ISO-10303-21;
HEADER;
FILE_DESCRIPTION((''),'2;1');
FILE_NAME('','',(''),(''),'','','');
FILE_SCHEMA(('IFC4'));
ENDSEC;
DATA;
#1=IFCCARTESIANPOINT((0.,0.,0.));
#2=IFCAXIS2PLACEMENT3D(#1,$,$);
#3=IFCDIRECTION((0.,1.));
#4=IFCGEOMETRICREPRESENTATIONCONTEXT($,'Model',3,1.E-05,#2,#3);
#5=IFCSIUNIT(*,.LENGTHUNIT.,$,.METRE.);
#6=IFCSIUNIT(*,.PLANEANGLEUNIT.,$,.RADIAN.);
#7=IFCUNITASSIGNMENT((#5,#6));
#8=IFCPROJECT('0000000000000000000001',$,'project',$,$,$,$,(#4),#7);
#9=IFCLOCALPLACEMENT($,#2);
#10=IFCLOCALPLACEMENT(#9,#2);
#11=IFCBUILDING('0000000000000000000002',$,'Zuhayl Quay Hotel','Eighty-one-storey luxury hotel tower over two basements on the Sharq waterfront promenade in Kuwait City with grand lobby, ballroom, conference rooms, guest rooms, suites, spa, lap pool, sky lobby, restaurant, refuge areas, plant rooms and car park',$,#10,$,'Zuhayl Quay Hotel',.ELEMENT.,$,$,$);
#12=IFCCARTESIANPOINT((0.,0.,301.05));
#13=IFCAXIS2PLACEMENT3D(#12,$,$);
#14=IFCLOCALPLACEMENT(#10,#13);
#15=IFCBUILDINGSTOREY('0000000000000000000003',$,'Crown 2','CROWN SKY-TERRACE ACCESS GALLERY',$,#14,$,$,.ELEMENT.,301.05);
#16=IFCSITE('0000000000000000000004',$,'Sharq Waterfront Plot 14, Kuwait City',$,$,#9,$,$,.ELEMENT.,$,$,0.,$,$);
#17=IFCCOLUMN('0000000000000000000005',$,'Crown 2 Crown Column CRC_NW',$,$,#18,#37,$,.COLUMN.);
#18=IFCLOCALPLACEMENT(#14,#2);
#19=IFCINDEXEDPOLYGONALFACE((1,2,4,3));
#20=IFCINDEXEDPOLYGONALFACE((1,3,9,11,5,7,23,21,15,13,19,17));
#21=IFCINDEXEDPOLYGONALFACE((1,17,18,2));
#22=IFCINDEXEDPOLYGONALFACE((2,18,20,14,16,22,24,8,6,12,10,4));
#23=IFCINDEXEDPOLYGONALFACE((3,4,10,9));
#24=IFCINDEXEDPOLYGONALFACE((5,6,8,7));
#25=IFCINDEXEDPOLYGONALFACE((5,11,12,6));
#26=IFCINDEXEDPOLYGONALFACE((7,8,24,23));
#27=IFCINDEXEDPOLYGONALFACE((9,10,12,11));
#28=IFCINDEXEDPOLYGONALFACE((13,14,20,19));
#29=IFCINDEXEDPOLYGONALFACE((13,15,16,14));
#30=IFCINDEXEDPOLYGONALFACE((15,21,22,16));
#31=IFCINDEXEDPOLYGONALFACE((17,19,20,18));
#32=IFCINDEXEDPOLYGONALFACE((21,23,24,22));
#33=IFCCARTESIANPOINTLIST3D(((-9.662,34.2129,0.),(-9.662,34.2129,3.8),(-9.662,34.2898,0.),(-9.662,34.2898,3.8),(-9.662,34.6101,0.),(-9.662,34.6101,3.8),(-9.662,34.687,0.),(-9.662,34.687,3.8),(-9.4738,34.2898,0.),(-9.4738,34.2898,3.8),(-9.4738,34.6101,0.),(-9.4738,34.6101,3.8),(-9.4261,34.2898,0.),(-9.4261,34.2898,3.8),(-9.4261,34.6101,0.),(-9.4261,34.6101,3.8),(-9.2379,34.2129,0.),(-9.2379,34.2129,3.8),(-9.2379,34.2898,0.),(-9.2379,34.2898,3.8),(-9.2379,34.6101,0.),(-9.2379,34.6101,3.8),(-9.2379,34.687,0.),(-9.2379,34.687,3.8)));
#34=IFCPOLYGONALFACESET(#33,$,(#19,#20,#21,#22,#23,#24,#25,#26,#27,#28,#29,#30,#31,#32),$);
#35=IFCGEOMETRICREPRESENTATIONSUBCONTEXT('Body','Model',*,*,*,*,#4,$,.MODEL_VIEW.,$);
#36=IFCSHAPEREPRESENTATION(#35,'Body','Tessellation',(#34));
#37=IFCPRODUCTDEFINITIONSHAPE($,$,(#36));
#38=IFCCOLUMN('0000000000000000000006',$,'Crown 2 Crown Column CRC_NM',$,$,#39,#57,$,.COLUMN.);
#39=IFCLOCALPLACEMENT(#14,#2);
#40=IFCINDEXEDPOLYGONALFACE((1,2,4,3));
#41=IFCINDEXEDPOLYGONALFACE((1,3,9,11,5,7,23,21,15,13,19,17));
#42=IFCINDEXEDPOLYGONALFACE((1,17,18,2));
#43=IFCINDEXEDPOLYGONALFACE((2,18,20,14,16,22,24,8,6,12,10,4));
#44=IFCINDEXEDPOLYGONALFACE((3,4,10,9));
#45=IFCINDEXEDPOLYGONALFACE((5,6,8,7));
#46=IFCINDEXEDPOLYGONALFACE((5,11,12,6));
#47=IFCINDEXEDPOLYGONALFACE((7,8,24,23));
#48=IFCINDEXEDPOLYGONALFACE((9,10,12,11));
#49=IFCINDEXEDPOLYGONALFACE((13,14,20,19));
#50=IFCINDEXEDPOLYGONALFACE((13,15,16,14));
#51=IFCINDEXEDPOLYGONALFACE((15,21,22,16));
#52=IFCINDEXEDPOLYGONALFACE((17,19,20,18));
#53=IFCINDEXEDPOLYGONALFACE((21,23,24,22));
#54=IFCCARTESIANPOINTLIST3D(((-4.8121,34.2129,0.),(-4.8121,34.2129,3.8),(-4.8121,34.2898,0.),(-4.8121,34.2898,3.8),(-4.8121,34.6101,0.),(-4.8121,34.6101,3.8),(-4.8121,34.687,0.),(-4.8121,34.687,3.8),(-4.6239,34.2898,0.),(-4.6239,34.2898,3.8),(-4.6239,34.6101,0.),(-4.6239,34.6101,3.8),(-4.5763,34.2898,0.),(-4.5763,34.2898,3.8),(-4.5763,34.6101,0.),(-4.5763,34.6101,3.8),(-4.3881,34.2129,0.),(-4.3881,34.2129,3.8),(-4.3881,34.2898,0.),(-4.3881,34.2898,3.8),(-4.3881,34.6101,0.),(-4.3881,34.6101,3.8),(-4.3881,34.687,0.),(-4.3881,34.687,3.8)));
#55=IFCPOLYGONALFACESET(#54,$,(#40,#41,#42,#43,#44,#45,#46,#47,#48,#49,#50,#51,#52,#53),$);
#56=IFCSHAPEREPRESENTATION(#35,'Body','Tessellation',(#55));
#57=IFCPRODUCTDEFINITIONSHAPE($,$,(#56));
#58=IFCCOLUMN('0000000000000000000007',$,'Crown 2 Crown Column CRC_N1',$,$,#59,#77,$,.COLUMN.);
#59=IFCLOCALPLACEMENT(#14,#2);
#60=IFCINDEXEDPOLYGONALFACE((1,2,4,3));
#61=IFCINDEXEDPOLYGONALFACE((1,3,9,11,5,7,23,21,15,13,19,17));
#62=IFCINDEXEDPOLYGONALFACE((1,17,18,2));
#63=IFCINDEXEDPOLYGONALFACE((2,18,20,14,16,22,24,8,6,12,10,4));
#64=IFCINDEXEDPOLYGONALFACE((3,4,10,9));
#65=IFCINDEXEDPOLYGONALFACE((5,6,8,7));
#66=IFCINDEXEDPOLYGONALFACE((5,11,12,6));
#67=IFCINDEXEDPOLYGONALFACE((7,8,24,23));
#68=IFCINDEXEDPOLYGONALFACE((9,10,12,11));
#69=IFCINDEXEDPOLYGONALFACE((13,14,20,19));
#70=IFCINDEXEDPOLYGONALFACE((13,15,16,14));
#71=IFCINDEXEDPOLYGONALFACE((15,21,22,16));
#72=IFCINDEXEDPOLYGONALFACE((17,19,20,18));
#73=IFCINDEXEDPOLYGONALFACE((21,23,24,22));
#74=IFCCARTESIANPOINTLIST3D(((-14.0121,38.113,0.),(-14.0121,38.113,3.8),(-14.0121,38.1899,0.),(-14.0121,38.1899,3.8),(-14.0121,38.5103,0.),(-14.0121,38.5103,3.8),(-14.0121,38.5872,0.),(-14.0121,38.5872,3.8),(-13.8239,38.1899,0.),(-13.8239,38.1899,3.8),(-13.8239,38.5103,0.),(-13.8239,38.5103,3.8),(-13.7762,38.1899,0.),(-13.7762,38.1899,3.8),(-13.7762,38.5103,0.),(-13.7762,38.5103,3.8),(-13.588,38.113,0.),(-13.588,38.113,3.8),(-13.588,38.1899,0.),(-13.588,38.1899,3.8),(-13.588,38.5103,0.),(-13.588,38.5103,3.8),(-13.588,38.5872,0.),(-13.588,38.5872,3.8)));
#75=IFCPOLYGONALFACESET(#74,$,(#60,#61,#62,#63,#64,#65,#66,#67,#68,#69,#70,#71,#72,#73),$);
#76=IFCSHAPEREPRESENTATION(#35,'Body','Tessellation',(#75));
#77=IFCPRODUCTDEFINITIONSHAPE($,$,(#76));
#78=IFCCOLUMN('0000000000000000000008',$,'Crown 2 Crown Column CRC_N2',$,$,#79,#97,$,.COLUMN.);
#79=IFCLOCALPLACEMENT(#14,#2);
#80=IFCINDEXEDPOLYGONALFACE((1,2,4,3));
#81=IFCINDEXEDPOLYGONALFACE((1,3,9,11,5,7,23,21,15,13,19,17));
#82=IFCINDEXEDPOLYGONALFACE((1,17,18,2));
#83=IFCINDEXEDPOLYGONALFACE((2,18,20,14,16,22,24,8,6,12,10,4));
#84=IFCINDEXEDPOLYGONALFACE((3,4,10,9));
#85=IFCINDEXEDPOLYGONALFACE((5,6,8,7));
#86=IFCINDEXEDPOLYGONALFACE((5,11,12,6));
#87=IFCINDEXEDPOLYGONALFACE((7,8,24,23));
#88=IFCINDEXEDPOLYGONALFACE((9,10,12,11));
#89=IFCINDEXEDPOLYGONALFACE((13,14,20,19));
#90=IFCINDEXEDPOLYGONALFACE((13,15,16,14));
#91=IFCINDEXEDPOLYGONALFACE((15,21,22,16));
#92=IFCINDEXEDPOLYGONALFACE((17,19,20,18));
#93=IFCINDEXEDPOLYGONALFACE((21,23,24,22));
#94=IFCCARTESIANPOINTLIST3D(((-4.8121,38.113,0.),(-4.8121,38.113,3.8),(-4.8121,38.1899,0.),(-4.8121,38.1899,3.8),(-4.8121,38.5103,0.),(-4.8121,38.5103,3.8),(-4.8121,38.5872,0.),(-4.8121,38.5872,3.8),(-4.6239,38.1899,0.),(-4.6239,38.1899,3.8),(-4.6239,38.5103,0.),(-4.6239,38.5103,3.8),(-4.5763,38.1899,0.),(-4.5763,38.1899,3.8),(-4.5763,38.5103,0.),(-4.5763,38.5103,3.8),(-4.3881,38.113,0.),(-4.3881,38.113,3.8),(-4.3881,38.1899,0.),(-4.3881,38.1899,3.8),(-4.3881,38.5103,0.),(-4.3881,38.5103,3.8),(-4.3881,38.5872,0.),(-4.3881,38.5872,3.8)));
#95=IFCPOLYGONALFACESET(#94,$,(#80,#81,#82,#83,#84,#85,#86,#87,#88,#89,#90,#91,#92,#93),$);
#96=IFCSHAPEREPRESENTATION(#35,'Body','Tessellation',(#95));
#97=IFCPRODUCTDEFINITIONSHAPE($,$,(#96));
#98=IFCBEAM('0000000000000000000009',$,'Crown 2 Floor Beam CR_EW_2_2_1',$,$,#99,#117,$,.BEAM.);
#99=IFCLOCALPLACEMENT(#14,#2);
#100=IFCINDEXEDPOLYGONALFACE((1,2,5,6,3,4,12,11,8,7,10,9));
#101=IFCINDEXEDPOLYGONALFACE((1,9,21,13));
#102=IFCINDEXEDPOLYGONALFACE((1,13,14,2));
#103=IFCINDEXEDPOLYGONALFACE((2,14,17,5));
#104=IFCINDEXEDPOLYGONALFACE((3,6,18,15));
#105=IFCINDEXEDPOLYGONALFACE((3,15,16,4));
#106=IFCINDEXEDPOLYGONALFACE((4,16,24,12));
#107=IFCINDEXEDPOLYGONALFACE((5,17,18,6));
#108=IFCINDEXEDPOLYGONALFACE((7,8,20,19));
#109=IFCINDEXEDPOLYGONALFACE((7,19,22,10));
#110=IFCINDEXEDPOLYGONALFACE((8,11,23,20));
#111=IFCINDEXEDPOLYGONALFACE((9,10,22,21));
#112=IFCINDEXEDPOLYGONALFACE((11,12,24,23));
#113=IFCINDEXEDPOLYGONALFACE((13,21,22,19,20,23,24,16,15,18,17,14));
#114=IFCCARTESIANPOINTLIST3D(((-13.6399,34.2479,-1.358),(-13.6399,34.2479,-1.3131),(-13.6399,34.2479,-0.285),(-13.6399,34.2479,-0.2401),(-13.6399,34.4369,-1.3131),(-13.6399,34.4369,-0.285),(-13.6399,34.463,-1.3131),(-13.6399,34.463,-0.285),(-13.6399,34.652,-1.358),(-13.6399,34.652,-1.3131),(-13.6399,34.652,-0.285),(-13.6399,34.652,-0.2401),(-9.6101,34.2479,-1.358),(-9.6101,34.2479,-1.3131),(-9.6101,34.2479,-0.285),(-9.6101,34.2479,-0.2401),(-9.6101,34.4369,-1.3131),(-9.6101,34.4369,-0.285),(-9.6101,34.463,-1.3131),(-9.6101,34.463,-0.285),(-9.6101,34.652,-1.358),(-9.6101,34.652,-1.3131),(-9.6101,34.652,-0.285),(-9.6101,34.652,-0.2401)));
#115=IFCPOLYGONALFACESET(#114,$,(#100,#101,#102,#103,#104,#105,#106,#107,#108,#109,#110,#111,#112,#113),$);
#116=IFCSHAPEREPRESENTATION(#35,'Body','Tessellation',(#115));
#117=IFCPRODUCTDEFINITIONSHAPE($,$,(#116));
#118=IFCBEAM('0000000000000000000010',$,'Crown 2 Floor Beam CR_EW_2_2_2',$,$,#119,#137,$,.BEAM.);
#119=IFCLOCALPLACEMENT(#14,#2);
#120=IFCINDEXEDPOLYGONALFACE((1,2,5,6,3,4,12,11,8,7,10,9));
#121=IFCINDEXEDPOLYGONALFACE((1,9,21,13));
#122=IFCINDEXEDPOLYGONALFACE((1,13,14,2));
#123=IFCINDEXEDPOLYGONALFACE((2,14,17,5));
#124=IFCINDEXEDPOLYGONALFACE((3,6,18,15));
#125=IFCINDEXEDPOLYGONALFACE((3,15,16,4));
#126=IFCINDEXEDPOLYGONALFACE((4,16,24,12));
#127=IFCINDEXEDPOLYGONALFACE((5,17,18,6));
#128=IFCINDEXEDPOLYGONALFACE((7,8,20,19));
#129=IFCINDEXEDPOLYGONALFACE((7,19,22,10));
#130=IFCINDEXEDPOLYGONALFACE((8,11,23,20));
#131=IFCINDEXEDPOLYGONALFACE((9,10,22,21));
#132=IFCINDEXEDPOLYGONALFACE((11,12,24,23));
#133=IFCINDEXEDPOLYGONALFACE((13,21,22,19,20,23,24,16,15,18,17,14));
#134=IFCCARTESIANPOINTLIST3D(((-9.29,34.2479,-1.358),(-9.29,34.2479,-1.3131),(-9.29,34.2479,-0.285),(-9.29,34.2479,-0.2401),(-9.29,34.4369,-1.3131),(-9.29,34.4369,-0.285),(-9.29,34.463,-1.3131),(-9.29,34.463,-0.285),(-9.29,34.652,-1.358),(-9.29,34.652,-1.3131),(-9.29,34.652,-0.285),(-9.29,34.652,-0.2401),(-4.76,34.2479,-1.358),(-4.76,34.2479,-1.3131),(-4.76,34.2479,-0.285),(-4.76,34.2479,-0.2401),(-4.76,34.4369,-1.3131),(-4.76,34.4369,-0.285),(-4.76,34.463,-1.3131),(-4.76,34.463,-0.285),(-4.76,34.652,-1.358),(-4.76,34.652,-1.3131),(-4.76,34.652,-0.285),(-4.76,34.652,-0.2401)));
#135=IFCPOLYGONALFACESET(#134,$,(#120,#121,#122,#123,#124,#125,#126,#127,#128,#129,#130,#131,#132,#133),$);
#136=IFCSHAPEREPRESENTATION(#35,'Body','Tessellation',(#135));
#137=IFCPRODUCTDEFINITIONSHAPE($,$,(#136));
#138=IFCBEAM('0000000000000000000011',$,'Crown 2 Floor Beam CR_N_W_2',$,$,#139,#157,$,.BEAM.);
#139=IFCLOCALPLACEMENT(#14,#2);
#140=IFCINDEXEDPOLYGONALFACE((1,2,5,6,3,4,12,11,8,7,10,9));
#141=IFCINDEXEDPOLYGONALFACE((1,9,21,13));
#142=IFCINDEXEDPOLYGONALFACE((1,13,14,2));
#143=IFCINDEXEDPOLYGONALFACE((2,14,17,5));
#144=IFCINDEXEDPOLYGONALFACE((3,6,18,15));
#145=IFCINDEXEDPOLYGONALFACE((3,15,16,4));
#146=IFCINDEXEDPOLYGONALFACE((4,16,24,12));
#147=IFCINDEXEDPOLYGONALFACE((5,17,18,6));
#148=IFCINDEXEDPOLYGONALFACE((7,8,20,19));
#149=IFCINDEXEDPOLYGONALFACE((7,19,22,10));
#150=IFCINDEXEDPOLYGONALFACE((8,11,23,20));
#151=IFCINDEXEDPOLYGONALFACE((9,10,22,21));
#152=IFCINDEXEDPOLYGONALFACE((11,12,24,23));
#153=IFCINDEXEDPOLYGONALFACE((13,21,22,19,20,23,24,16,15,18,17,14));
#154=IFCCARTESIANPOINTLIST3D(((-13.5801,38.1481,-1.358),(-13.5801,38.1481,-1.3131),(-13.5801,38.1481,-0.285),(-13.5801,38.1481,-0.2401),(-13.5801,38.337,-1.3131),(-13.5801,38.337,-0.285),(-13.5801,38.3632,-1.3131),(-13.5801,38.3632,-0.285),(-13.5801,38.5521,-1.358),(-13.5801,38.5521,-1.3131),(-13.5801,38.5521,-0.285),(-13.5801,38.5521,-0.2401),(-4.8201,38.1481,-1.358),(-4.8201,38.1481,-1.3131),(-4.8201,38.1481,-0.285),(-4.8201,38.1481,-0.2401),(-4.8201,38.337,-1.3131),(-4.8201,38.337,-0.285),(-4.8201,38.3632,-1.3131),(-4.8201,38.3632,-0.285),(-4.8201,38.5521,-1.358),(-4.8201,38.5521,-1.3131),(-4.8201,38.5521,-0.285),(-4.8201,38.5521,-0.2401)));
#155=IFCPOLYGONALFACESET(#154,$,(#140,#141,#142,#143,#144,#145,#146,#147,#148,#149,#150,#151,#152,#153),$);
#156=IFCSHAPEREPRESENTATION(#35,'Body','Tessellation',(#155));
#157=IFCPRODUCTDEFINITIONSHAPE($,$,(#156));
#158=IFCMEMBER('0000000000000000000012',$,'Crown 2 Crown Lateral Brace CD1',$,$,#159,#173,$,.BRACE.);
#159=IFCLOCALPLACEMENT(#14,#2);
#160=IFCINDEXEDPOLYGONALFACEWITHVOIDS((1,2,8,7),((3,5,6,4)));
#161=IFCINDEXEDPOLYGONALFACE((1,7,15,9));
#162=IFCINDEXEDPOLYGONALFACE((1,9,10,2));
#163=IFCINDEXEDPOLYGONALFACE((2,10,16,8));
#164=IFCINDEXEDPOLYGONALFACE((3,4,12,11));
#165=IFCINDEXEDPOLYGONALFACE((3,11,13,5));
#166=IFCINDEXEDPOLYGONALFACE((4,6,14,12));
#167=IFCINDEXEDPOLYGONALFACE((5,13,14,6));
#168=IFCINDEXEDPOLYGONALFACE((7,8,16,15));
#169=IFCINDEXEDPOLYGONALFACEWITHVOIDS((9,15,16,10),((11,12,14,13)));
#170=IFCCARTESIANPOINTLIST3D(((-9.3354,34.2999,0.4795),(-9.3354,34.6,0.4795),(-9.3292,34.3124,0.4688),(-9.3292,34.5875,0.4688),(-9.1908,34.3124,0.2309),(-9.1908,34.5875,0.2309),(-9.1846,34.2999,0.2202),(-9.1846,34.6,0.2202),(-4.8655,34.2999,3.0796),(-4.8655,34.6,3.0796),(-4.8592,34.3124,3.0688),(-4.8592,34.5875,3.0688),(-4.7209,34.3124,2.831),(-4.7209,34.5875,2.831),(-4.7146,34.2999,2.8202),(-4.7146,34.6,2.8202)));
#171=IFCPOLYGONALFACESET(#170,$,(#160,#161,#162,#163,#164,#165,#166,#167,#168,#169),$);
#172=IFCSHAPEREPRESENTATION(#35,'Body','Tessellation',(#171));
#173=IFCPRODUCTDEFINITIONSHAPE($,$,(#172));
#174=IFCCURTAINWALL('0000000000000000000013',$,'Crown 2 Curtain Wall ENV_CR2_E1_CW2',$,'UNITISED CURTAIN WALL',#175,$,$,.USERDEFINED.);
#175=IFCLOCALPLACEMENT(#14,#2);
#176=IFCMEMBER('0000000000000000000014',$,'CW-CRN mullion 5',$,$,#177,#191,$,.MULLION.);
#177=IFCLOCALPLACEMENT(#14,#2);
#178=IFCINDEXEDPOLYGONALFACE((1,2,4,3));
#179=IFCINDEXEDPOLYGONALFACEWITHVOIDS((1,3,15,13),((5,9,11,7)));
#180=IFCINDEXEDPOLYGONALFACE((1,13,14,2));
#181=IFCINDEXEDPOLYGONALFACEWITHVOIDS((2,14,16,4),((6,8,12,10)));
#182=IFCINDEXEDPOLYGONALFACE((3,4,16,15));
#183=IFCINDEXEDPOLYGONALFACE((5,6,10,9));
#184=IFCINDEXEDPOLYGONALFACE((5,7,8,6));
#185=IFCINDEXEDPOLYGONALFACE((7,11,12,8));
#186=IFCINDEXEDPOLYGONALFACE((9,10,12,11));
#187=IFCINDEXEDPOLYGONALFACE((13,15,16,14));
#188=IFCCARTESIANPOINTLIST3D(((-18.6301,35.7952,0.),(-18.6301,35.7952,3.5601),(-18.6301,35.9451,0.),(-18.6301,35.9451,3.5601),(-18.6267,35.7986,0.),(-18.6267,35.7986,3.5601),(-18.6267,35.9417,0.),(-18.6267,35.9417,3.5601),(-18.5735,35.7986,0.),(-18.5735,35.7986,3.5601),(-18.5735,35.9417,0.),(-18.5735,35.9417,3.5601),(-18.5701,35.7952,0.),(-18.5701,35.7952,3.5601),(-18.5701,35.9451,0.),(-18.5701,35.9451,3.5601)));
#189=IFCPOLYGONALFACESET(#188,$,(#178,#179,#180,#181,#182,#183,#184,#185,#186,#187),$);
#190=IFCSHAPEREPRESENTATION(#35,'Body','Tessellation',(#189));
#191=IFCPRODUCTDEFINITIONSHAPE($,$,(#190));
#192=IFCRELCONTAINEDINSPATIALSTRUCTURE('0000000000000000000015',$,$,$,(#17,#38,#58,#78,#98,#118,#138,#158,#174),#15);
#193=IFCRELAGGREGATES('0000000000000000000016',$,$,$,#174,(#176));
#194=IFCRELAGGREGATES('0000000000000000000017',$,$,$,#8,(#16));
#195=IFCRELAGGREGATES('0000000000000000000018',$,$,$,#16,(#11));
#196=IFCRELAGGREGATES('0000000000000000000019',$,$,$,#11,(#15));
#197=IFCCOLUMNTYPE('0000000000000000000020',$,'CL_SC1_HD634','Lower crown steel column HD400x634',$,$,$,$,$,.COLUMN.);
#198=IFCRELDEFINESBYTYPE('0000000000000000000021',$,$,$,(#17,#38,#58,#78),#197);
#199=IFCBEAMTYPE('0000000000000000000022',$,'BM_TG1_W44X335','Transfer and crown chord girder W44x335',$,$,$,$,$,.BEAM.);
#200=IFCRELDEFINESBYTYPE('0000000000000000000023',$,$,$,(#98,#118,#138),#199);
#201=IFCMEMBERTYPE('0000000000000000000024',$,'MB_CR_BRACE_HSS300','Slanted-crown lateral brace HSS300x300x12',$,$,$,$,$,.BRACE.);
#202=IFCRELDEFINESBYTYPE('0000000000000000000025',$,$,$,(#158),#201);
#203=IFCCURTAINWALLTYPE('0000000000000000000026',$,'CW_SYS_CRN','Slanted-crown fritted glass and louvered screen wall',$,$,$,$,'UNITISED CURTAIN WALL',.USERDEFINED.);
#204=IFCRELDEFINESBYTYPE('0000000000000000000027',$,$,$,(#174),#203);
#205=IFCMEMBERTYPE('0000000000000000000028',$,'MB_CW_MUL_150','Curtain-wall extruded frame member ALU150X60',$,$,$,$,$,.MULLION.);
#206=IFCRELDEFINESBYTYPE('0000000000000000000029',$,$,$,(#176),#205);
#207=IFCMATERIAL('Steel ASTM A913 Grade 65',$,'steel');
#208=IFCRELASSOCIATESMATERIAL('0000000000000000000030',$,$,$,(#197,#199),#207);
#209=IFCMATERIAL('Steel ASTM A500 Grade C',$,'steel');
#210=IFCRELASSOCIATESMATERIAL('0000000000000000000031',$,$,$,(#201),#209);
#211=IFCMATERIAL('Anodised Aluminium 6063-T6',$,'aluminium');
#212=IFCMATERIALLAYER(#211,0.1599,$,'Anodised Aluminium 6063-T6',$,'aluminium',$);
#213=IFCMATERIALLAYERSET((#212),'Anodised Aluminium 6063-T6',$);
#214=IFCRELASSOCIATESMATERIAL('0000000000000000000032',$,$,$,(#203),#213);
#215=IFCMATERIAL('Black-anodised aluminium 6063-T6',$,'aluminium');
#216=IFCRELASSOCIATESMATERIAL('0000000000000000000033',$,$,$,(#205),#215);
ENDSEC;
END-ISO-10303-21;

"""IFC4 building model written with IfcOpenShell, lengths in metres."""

from ifc_helpers import new_model, si_unit, direction, frame, origin, origin_2d, place, context, subcontext, project, spatial, hollow_rectangle, i_section, extrude, material, layer, layer_set, material_profile, profile_set, type_object, element, aggregate, save


model = new_model("IFC4")

# Units and contexts
model_context = context("Model", 3, precision=1e-05, world=origin(), true_north=direction((0.0, 1.0)))
body_context = subcontext(model_context, "Body", "Model", "MODEL_VIEW")
ifc_project = project(units=[si_unit("LENGTHUNIT", "METRE"), si_unit("PLANEANGLEUNIT", "RADIAN")], contexts=[model_context])

# Site, building, storey
site_placement = place(None, origin())
site = spatial("IfcSite", under=ifc_project, at=site_placement, Name="Sharq Waterfront Plot 14, Kuwait City", CompositionType="ELEMENT", RefElevation=0.0)
building_placement = place(site_placement, origin())
building = spatial("IfcBuilding", under=site, at=building_placement, Name="Zuhayl Quay Hotel", Description="Eighty-one-storey luxury hotel tower over two basements on the Sharq waterfront promenade in Kuwait City with grand lobby, ballroom, conference rooms, guest rooms, suites, spa, lap pool, sky lobby, restaurant, refuge areas, plant rooms and car park", LongName="Zuhayl Quay Hotel", CompositionType="ELEMENT")
storey_placement = place(building_placement, frame((0.0, 0.0, 301.05)))
storey = spatial("IfcBuildingStorey", under=building, at=storey_placement, Name="Crown 2", Description="CROWN SKY-TERRACE ACCESS GALLERY", CompositionType="ELEMENT", Elevation=301.05)

# Columns
ifc_material_1 = material(Name="Steel ASTM A913 Grade 65", Category="steel")
ifc_material_profile_1 = material_profile(ifc_material_1, i_section(OverallWidth=0.4241, OverallDepth=0.4741, WebThickness=0.0476, FlangeThickness=0.0769, at=origin_2d()), Name="HD400X634")
ifc_profile_set_1 = profile_set([ifc_material_profile_1], Name="Steel ASTM A913 Grade 65")
column_type = type_object("IfcColumnType", Name="CL_SC1_HD634", Description="Lower crown steel column HD400x634", PredefinedType="COLUMN", material=ifc_profile_set_1)
for number, where, z_axis, x_axis, name in (
    (1, (-9.45, 34.45, 0.0), (0.0, 0.0, 1.0), (1.0, 0.0, 0.0), "Crown 2 Crown Column CRC_NW"),
    (2, (-4.6001, 34.45, 0.0), (0.0, 0.0, 1.0), (1.0, 0.0, 0.0), "Crown 2 Crown Column CRC_NM"),
    (3, (-13.8, 38.3501, 0.0), (0.0, 0.0, 1.0), (1.0, 0.0, 0.0), "Crown 2 Crown Column CRC_N1"),
    (4, (-4.6001, 38.3501, 0.0), (0.0, 0.0, 1.0), (1.0, 0.0, 0.0), "Crown 2 Crown Column CRC_N2"),
):
    element("IfcColumn", number, at=place(storey_placement, frame(where, z_axis=z_axis, x_axis=x_axis)), inside=storey, type_object=column_type, Name=name, PredefinedType="COLUMN", context=body_context, shape_type="SweptSolid", body=[
        extrude(i_section(OverallWidth=0.4241, OverallDepth=0.4741, WebThickness=0.0476, FlangeThickness=0.0769, at=origin_2d()), origin(), (0.0, 0.0, 1.0), 3.8),
    ])

# Beams
ifc_material_profile_2 = material_profile(ifc_material_1, i_section(OverallWidth=0.4041, OverallDepth=1.1179, WebThickness=0.0261, FlangeThickness=0.0449, at=origin_2d()), Name="W44X335")
ifc_profile_set_2 = profile_set([ifc_material_profile_2], Name="Steel ASTM A913 Grade 65")
beam_type = type_object("IfcBeamType", Name="BM_TG1_W44X335", Description="Transfer and crown chord girder W44x335", PredefinedType="BEAM", material=ifc_profile_set_2)
beam_1_placement = place(storey_placement, frame((-13.6399, 34.45, -0.7991), z_axis=(1.0, 0.0, 0.0), x_axis=(0.0, 1.0, 0.0)))
element("IfcBeam", 5, at=beam_1_placement, inside=storey, type_object=beam_type, Name="Crown 2 Floor Beam CR_EW_2_2_1", PredefinedType="BEAM", context=body_context, shape_type="SweptSolid", body=[
    extrude(i_section(OverallWidth=0.4041, OverallDepth=1.1179, WebThickness=0.0261, FlangeThickness=0.0449, at=origin_2d()), origin(), (0.0, 0.0, 1.0), 4.0298),
])
beam_2_placement = place(storey_placement, frame((-9.29, 34.45, -0.7991), z_axis=(1.0, 0.0, 0.0), x_axis=(0.0, 1.0, 0.0)))
element("IfcBeam", 6, at=beam_2_placement, inside=storey, type_object=beam_type, Name="Crown 2 Floor Beam CR_EW_2_2_2", PredefinedType="BEAM", context=body_context, shape_type="SweptSolid", body=[
    extrude(i_section(OverallWidth=0.4041, OverallDepth=1.1179, WebThickness=0.0261, FlangeThickness=0.0449, at=origin_2d()), origin(), (0.0, 0.0, 1.0), 4.53),
])
beam_3_placement = place(storey_placement, frame((-13.5801, 38.3501, -0.7991), z_axis=(1.0, 0.0, 0.0), x_axis=(0.0, 1.0, 0.0)))
element("IfcBeam", 7, at=beam_3_placement, inside=storey, type_object=beam_type, Name="Crown 2 Floor Beam CR_N_W_2", PredefinedType="BEAM", context=body_context, shape_type="SweptSolid", body=[
    extrude(i_section(OverallWidth=0.4041, OverallDepth=1.1179, WebThickness=0.0261, FlangeThickness=0.0449, at=origin_2d()), origin(), (0.0, 0.0, 1.0), 8.76),
])

# Member
ifc_material_2 = material(Name="Steel ASTM A500 Grade C", Category="steel")
ifc_material_profile_3 = material_profile(ifc_material_2, hollow_rectangle(XDim=0.3, YDim=0.3, WallThickness=0.0125, at=origin_2d()), Name="HSS300X300X12")
ifc_profile_set_3 = profile_set([ifc_material_profile_3], Name="Steel ASTM A500 Grade C")
member_type_1 = type_object("IfcMemberType", Name="MB_CR_BRACE_HSS300", Description="Slanted-crown lateral brace HSS300x300x12", PredefinedType="BRACE", material=ifc_profile_set_3)
member_1_placement = place(storey_placement, frame((-9.26, 34.45, 0.3499), z_axis=(0.8644, 0.0, 0.502805), x_axis=(0.0, 1.0, 0.0)))
element("IfcMember", 8, at=member_1_placement, inside=storey, type_object=member_type_1, Name="Crown 2 Crown Lateral Brace CD1", PredefinedType="BRACE", context=body_context, shape_type="SweptSolid", body=[
    extrude(hollow_rectangle(XDim=0.3, YDim=0.3, WallThickness=0.0125, at=origin_2d()), origin(), (0.0, 0.0, 1.0), 5.1711),
])

# Curtain wall, member
ifc_material_3 = material(Name="Anodised Aluminium 6063-T6", Category="aluminium")
ifc_layer_1 = layer(ifc_material_3, 0.1599, Name="Anodised Aluminium 6063-T6", Category="aluminium")
ifc_layer_set_1 = layer_set([ifc_layer_1], Name="Anodised Aluminium 6063-T6")
curtain_wall_type = type_object("IfcCurtainWallType", Name="CW_SYS_CRN", Description="Slanted-crown fritted glass and louvered screen wall", ElementType="UNITISED CURTAIN WALL", PredefinedType="USERDEFINED", material=ifc_layer_set_1)
curtain_wall_1_placement = place(storey_placement, origin())
curtain_wall_1 = element("IfcCurtainWall", 9, at=curtain_wall_1_placement, inside=storey, type_object=curtain_wall_type, Name="Crown 2 Curtain Wall ENV_CR2_E1_CW2", ObjectType="UNITISED CURTAIN WALL", PredefinedType="USERDEFINED")
ifc_material_4 = material(Name="Black-anodised aluminium 6063-T6", Category="aluminium")
ifc_material_profile_4 = material_profile(ifc_material_4, hollow_rectangle(XDim=0.0601, YDim=0.1499, WallThickness=0.0034, at=origin_2d()), Name="ALU150X60")
ifc_profile_set_4 = profile_set([ifc_material_profile_4], Name="Black-anodised aluminium 6063-T6")
member_type_2 = type_object("IfcMemberType", Name="MB_CW_MUL_150", Description="Curtain-wall extruded frame member ALU150X60", PredefinedType="MULLION", material=ifc_profile_set_4)
member_2_placement = place(storey_placement, frame((-18.6001, 35.8701, 0.0), z_axis=(0.0, 0.0, 1.0), x_axis=(-1.0, 0.0, 0.0)))
member_2 = element("IfcMember", 10, at=member_2_placement, type_object=member_type_2, Name="CW-CRN mullion 5", PredefinedType="MULLION", context=body_context, shape_type="SweptSolid", body=[
    extrude(hollow_rectangle(XDim=0.0601, YDim=0.1499, WallThickness=0.0034, at=origin_2d()), origin(), (0.0, 0.0, 1.0), 3.5601),
])

aggregate(curtain_wall_1, [member_2])

save(model, "model.ifc")
